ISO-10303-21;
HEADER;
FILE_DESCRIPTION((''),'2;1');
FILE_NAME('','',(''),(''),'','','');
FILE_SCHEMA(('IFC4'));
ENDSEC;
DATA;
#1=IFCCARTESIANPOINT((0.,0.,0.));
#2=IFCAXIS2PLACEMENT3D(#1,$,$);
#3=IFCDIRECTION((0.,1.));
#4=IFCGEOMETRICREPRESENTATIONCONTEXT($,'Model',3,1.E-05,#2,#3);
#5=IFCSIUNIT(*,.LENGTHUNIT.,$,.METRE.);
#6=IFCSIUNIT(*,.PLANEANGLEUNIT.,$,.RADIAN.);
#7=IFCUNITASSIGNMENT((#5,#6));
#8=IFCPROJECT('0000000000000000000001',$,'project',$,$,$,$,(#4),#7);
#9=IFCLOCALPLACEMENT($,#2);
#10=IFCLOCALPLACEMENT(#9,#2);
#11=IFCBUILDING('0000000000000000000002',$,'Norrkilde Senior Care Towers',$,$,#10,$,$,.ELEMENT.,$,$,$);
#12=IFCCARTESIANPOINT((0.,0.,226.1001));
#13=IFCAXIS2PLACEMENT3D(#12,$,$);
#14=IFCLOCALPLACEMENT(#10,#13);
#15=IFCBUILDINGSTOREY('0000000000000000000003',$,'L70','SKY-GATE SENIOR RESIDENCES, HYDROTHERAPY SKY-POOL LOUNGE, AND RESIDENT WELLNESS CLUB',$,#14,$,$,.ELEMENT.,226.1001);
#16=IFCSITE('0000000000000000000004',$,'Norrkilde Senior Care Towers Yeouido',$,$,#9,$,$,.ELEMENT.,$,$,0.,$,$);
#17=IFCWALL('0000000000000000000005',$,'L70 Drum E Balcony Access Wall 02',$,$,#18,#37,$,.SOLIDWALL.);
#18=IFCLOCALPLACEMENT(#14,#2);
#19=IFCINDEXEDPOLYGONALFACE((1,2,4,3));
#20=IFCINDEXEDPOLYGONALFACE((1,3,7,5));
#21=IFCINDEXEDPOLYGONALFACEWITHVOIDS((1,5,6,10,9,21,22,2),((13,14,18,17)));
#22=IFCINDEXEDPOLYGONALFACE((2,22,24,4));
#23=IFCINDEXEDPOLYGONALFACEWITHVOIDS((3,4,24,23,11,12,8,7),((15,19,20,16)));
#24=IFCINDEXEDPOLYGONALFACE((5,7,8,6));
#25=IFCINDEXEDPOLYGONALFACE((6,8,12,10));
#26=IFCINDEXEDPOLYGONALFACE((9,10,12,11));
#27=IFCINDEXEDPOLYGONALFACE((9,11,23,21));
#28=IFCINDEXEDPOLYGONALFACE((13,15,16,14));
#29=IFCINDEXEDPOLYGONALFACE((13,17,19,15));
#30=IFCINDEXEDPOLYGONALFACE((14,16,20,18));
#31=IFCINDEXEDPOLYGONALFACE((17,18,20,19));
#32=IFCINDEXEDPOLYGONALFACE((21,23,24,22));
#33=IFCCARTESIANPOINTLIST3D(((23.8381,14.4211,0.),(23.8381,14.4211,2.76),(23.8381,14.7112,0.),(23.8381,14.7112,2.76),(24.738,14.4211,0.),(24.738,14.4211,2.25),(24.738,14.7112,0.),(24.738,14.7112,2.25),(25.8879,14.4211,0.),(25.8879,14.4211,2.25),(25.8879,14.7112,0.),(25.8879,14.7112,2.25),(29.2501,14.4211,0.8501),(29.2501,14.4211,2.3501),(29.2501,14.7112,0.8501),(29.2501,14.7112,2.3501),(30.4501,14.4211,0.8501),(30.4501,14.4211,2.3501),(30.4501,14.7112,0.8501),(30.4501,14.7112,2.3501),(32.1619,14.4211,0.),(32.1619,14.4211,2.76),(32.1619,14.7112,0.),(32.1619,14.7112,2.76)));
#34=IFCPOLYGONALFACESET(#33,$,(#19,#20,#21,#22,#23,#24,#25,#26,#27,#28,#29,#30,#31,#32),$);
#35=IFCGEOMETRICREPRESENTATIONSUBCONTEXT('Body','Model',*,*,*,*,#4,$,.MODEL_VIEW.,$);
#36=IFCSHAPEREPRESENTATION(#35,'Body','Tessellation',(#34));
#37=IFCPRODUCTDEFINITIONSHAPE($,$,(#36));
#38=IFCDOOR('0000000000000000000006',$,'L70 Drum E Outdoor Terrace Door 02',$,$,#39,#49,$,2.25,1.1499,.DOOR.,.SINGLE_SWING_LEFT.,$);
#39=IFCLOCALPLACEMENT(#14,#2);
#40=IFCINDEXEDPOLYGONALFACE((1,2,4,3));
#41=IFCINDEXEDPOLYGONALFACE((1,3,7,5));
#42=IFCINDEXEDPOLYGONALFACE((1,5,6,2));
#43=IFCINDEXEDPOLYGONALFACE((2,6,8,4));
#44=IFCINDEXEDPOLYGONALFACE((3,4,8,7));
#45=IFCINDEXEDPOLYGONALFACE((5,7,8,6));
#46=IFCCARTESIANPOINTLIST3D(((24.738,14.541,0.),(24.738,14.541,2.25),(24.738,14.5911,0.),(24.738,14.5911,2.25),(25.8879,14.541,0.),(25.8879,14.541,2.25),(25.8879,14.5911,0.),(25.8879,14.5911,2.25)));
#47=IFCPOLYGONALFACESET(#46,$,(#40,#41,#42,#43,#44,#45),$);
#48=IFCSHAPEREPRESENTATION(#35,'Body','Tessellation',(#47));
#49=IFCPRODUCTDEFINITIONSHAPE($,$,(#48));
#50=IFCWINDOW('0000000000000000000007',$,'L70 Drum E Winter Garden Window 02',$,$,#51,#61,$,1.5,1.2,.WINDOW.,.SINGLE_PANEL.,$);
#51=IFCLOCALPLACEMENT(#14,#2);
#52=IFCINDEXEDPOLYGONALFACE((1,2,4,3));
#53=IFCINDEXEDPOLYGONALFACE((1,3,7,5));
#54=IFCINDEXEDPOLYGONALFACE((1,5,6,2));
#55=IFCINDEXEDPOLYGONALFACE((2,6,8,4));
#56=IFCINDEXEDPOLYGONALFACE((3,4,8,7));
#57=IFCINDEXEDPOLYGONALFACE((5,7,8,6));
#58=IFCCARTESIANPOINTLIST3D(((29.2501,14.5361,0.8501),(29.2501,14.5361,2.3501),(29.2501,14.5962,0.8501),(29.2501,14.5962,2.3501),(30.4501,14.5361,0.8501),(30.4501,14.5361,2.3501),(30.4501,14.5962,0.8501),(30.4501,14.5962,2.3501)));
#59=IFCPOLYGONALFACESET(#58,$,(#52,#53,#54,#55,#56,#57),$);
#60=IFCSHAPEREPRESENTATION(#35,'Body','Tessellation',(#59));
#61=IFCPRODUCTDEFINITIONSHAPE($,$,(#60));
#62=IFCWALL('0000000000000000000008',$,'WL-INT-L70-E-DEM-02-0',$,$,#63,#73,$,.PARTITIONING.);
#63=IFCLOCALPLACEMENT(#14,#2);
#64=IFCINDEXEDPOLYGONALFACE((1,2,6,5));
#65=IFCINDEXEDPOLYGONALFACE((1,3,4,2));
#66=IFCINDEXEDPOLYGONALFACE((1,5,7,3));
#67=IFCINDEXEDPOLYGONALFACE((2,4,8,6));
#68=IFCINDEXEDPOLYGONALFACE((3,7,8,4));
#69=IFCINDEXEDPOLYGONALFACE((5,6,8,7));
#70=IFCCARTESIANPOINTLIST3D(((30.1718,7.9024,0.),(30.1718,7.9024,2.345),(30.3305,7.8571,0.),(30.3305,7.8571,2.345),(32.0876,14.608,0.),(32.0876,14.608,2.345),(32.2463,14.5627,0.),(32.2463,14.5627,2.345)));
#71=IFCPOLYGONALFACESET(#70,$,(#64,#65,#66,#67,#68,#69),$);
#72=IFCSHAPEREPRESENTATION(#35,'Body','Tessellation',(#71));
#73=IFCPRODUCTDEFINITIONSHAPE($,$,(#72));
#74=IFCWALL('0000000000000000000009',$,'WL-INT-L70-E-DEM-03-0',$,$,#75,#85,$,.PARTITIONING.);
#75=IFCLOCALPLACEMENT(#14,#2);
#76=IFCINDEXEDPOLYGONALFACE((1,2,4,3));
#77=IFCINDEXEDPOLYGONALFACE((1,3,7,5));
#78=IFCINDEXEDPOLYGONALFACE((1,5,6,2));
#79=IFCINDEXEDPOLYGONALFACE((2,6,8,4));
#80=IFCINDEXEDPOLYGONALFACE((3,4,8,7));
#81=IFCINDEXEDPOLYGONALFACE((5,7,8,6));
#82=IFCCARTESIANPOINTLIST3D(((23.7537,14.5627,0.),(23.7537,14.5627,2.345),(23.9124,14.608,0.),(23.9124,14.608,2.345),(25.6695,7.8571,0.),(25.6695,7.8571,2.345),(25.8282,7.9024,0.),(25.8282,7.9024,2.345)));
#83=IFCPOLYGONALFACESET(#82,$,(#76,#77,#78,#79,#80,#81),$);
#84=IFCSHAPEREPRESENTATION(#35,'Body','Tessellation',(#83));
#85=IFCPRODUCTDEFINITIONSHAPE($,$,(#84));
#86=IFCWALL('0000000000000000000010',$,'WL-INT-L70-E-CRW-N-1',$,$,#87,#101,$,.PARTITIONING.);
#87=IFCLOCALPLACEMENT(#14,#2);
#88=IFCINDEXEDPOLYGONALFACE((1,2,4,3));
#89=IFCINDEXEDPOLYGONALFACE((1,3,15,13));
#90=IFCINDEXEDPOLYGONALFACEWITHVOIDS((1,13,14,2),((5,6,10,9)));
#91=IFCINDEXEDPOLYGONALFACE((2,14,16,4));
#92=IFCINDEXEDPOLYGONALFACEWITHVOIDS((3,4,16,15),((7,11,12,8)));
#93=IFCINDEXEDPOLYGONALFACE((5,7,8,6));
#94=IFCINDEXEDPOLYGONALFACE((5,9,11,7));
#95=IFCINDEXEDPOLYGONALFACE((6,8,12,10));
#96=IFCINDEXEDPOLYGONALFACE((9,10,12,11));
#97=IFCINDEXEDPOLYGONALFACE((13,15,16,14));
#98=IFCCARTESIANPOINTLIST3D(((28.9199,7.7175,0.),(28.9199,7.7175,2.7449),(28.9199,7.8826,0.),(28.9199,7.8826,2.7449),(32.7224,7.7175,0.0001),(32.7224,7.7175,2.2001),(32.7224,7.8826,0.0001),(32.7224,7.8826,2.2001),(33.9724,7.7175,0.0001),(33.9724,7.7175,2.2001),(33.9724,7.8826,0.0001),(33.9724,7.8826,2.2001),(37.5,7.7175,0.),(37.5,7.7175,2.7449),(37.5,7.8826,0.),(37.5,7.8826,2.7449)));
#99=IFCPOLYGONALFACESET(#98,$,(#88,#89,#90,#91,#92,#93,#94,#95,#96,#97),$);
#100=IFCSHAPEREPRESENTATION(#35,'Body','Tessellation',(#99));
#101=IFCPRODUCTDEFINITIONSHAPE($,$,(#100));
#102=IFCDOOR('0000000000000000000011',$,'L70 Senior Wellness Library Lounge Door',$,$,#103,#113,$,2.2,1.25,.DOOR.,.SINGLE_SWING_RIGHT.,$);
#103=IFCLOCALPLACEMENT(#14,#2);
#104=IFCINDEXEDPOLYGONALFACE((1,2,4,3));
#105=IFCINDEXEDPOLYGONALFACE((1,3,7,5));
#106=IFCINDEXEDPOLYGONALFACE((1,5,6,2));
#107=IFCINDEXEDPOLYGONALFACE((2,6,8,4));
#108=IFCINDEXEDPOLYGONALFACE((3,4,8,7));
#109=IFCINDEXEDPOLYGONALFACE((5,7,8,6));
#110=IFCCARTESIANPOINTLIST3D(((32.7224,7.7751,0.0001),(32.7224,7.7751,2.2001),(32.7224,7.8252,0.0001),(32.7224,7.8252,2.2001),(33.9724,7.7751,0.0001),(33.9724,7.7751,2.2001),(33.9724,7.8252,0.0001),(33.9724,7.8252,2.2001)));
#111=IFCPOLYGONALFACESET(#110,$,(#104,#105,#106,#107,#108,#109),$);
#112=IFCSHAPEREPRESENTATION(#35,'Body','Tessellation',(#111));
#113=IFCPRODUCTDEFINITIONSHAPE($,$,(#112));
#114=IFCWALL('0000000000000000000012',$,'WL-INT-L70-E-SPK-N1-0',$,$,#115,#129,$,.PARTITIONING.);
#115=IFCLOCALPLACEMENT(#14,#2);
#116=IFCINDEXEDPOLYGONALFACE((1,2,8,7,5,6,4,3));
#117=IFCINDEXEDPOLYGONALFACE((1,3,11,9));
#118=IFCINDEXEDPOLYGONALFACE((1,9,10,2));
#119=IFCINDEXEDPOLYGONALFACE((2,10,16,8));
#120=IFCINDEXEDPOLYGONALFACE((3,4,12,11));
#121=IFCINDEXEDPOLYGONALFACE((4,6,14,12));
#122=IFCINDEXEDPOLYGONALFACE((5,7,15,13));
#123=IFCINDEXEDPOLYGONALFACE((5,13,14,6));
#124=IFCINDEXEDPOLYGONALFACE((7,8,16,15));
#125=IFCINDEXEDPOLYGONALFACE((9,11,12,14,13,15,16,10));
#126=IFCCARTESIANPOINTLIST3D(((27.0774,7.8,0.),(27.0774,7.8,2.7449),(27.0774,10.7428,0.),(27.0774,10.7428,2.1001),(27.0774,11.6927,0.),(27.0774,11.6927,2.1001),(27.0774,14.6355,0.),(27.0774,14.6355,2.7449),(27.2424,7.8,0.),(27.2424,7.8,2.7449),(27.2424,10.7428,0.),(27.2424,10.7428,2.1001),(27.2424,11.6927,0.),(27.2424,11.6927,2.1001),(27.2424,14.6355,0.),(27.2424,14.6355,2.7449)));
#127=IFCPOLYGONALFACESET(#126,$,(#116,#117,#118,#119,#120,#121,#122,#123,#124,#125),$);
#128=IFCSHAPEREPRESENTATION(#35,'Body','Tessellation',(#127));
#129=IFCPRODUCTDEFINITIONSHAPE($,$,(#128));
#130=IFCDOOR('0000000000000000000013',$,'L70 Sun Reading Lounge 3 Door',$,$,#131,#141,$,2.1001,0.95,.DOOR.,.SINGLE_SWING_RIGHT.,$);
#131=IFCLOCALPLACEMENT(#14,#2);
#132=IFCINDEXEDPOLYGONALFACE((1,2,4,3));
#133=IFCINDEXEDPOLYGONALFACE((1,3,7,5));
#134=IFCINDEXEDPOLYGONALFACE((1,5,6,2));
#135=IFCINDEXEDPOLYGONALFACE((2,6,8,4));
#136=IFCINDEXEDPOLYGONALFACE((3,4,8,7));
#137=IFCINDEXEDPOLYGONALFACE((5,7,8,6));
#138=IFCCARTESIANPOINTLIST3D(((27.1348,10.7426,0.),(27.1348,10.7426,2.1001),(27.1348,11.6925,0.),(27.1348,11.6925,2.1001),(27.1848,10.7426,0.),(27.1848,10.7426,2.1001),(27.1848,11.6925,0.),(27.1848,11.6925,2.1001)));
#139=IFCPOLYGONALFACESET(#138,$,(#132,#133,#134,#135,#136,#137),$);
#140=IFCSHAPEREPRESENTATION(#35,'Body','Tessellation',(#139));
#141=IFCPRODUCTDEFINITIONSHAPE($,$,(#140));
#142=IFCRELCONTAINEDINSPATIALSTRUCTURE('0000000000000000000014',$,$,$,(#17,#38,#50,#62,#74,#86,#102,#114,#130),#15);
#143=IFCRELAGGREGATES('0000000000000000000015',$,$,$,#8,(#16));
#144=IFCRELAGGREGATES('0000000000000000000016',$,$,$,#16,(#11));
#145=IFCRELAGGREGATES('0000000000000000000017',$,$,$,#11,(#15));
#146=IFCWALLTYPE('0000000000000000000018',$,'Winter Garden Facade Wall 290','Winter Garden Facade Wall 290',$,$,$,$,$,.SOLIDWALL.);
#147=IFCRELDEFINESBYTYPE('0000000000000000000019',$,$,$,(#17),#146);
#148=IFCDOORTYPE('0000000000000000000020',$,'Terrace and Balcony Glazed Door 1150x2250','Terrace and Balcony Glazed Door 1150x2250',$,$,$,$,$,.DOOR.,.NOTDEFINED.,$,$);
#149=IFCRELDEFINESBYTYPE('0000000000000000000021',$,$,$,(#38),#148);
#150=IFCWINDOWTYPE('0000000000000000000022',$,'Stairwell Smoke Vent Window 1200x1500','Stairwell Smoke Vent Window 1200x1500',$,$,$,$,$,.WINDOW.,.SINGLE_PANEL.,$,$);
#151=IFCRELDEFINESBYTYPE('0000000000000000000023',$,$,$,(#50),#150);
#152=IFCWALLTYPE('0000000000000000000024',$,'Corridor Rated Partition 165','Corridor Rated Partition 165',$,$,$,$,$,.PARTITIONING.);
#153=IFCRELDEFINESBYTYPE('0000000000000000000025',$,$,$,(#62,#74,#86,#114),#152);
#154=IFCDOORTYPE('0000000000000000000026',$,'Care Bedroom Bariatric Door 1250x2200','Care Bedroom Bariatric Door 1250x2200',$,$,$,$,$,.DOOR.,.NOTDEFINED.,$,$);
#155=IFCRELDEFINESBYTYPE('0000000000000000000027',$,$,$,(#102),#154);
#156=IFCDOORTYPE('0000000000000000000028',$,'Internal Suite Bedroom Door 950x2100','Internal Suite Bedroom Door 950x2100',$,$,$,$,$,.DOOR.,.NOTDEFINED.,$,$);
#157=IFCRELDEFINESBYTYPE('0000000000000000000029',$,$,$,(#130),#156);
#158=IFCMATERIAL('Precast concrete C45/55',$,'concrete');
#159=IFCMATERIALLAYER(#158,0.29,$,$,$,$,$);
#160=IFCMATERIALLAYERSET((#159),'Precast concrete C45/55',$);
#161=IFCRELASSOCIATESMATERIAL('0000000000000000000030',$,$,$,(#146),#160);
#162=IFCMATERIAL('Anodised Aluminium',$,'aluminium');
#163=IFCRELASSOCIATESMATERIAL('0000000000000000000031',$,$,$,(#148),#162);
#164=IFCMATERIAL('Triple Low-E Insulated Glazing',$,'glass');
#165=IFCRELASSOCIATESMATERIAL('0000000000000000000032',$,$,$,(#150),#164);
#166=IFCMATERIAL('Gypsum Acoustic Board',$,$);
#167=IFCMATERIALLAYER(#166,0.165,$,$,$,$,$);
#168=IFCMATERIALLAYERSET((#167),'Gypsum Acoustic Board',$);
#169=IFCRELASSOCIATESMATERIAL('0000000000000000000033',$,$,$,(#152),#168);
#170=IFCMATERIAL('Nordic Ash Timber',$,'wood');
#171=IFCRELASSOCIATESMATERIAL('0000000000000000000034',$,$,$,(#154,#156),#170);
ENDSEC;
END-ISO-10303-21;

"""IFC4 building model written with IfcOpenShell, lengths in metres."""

from ifc_helpers import new_model, si_unit, direction, frame, frame_2d, origin, place, context, subcontext, project, spatial, rectangle, extrude, source, transform, mapped, material, layer, layer_set, type_object, type_shapes, element, fill, save


model = new_model("IFC4")

# Units and contexts
model_context = context("Model", 3, precision=1e-05, world=origin(), true_north=direction((0.0, 1.0)))
body_context = subcontext(model_context, "Body", "Model", "MODEL_VIEW")
ifc_project = project(units=[si_unit("LENGTHUNIT", "METRE"), si_unit("PLANEANGLEUNIT", "RADIAN")], contexts=[model_context])

# Site, building, storey
site_placement = place(None, origin())
site = spatial("IfcSite", under=ifc_project, at=site_placement, Name="Norrkilde Senior Care Towers Yeouido", CompositionType="ELEMENT", RefElevation=0.0)
building_placement = place(site_placement, origin())
building = spatial("IfcBuilding", under=site, at=building_placement, Name="Norrkilde Senior Care Towers", CompositionType="ELEMENT")
storey_placement = place(building_placement, frame((0.0, 0.0, 226.1001)))
storey = spatial("IfcBuildingStorey", under=building, at=storey_placement, Name="L70", Description="SKY-GATE SENIOR RESIDENCES, HYDROTHERAPY SKY-POOL LOUNGE, AND RESIDENT WELLNESS CLUB", CompositionType="ELEMENT", Elevation=226.1001)

# Shared definitions
ifc_material_1 = material(Name="Triple Low-E Insulated Glazing", Category="glass")
ifc_material_2 = material(Name="Anodised Aluminium", Category="aluminium")

# Wall, openings, door, window
ifc_material_3 = material(Name="Precast concrete C45/55", Category="concrete")
ifc_layer_1 = layer(ifc_material_3, 0.29)
ifc_layer_set_1 = layer_set([ifc_layer_1], Name="Precast concrete C45/55")
wall_type_1 = type_object("IfcWallType", Name="Winter Garden Facade Wall 290", Description="Winter Garden Facade Wall 290", PredefinedType="SOLIDWALL", material=ifc_layer_set_1)
shared_shape_1 = source(origin(), body_context, "Body", "SweptSolid", [
    extrude(rectangle(XDim=8.3237, YDim=0.29, at=frame_2d((4.1619, 0.0))), origin(), (0.0, 0.0, 1.0), 2.76),
])
type_shapes(wall_type_1, [shared_shape_1])
wall_1_placement = place(storey_placement, frame((23.8381, 14.5662, 0.0), z_axis=(0.0, 0.0, 1.0), x_axis=(1.0, 0.0, 0.0)))
wall_1 = element("IfcWall", 1, at=wall_1_placement, inside=storey, type_object=wall_type_1, Name="L70 Drum E Balcony Access Wall 02", PredefinedType="SOLIDWALL", context=body_context, shape_type="MappedRepresentation", body=[
    mapped(shared_shape_1, transform((0.0, 0.0, 0.0), x_axis=(1.0, 0.0, 0.0), y_axis=(0.0, 1.0, 0.0), z_axis=(0.0, 0.0, 1.0), scale=1.0)),
])
opening_1_placement = place(wall_1_placement, frame((0.8999, 0.0, 0.0)))
opening_1 = element("IfcOpeningElement", 2, at=opening_1_placement, cuts=wall_1, PredefinedType="OPENING", context=body_context, shape_type="SweptSolid", body=[
    extrude(rectangle(XDim=1.1499, YDim=2.25, at=frame_2d((0.575, 1.125))), frame((0.0, 0.155, 0.0), z_axis=(0.0, -1.0, 0.0), x_axis=(1.0, 0.0, 0.0)), (0.0, 0.0, 1.0), 0.3101),
])
opening_2_placement = place(wall_1_placement, frame((5.4119, 0.0, 0.8501)))
opening_2 = element("IfcOpeningElement", 3, at=opening_2_placement, cuts=wall_1, PredefinedType="OPENING", context=body_context, shape_type="SweptSolid", body=[
    extrude(rectangle(XDim=1.2, YDim=1.5, at=frame_2d((0.6001, 0.75))), frame((0.0, 0.155, 0.0), z_axis=(0.0, -1.0, 0.0), x_axis=(1.0, 0.0, 0.0)), (0.0, 0.0, 1.0), 0.3101),
])
door_type_1 = type_object("IfcDoorType", Name="Terrace and Balcony Glazed Door 1150x2250", Description="Terrace and Balcony Glazed Door 1150x2250", OperationType="NOTDEFINED", PredefinedType="DOOR", material=ifc_material_2)
shared_shape_2 = source(origin(), body_context, "Body", "SweptSolid", [
    extrude(rectangle(XDim=1.1499, YDim=2.25, at=frame_2d((0.575, 1.125))), frame((0.0, 0.0249, 0.0), z_axis=(0.0, -1.0, 0.0), x_axis=(1.0, 0.0, 0.0)), (0.0, 0.0, 1.0), 0.05),
])
type_shapes(door_type_1, [shared_shape_2])
door_1_placement = place(opening_1_placement, origin())
door_1 = element("IfcDoor", 4, at=door_1_placement, inside=storey, type_object=door_type_1, Name="L70 Drum E Outdoor Terrace Door 02", OperationType="SINGLE_SWING_LEFT", OverallHeight=2.25, OverallWidth=1.1499, PredefinedType="DOOR", context=body_context, shape_type="MappedRepresentation", body=[
    mapped(shared_shape_2, transform((0.0, 0.0, 0.0), x_axis=(1.0, 0.0, 0.0), y_axis=(0.0, 1.0, 0.0), z_axis=(0.0, 0.0, 1.0), scale=1.0)),
])
fill(opening_1, door_1)
window_type = type_object("IfcWindowType", Name="Stairwell Smoke Vent Window 1200x1500", Description="Stairwell Smoke Vent Window 1200x1500", PartitioningType="SINGLE_PANEL", PredefinedType="WINDOW", material=ifc_material_1)
shared_shape_3 = source(origin(), body_context, "Body", "SweptSolid", [
    extrude(rectangle(XDim=1.2, YDim=1.5, at=frame_2d((0.6001, 0.75))), frame((0.0, 0.03, 0.0), z_axis=(0.0, -1.0, 0.0), x_axis=(1.0, 0.0, 0.0)), (0.0, 0.0, 1.0), 0.0601),
])
type_shapes(window_type, [shared_shape_3])
window_placement = place(opening_2_placement, origin())
window = element("IfcWindow", 5, at=window_placement, inside=storey, type_object=window_type, Name="L70 Drum E Winter Garden Window 02", OverallHeight=1.5, OverallWidth=1.2, PartitioningType="SINGLE_PANEL", PredefinedType="WINDOW", context=body_context, shape_type="MappedRepresentation", body=[
    mapped(shared_shape_3, transform((0.0, 0.0, 0.0), x_axis=(1.0, 0.0, 0.0), y_axis=(0.0, 1.0, 0.0), z_axis=(0.0, 0.0, 1.0), scale=1.0)),
])
fill(opening_2, window)

# Walls
ifc_material_4 = material(Name="Gypsum Acoustic Board")
ifc_layer_2 = layer(ifc_material_4, 0.165)
ifc_layer_set_2 = layer_set([ifc_layer_2], Name="Gypsum Acoustic Board")
wall_type_2 = type_object("IfcWallType", Name="Corridor Rated Partition 165", Description="Corridor Rated Partition 165", PredefinedType="PARTITIONING", material=ifc_layer_set_2)
shared_shape_4 = source(origin(), body_context, "Body", "SweptSolid", [
    extrude(rectangle(XDim=6.9739, YDim=0.165, at=frame_2d((3.4868, 0.0))), origin(), (0.0, 0.0, 1.0), 2.345),
])
for number, where, z_axis, x_axis, name in (
    (6, (30.2512, 7.8799, 0.0), (0.0, 0.0, 1.0), (0.274707, 0.961528, 0.0), "WL-INT-L70-E-DEM-02-0"),
    (7, (25.7488, 7.8799, 0.0), (0.0, 0.0, 1.0), (-0.274707, 0.961528, 0.0), "WL-INT-L70-E-DEM-03-0"),
):
    element("IfcWall", number, at=place(storey_placement, frame(where, z_axis=z_axis, x_axis=x_axis)), inside=storey, type_object=wall_type_2, Name=name, PredefinedType="PARTITIONING", context=body_context, shape_type="MappedRepresentation", body=[
        mapped(shared_shape_4, transform((0.0, 0.0, 0.0), x_axis=(1.0, 0.0, 0.0), y_axis=(0.0, 1.0, 0.0), z_axis=(0.0, 0.0, 1.0), scale=1.0)),
    ])

# Walls, openings, doors
shared_shape_5 = source(origin(), body_context, "Body", "SweptSolid", [
    extrude(rectangle(XDim=8.5801, YDim=0.165, at=frame_2d((4.29, 0.0))), origin(), (0.0, 0.0, 1.0), 2.7449),
])
wall_2_placement = place(storey_placement, frame((28.9199, 7.8, 0.0), z_axis=(0.0, 0.0, 1.0), x_axis=(1.0, 0.0, 0.0)))
wall_2 = element("IfcWall", 8, at=wall_2_placement, inside=storey, type_object=wall_type_2, Name="WL-INT-L70-E-CRW-N-1", PredefinedType="PARTITIONING", context=body_context, shape_type="MappedRepresentation", body=[
    mapped(shared_shape_5, transform((0.0, 0.0, 0.0), x_axis=(1.0, 0.0, 0.0), y_axis=(0.0, 1.0, 0.0), z_axis=(0.0, 0.0, 1.0), scale=1.0)),
])
opening_3_placement = place(wall_2_placement, frame((3.8025, 0.0, 0.0)))
opening_3 = element("IfcOpeningElement", 9, at=opening_3_placement, cuts=wall_2, PredefinedType="OPENING", context=body_context, shape_type="SweptSolid", body=[
    extrude(rectangle(XDim=1.25, YDim=2.2, at=frame_2d((0.625, 1.1001))), frame((0.0, 0.0925, 0.0), z_axis=(0.0, -1.0, 0.0), x_axis=(1.0, 0.0, 0.0)), (0.0, 0.0, 1.0), 0.1851),
])
ifc_material_5 = material(Name="Nordic Ash Timber", Category="wood")
door_type_2 = type_object("IfcDoorType", Name="Care Bedroom Bariatric Door 1250x2200", Description="Care Bedroom Bariatric Door 1250x2200", OperationType="NOTDEFINED", PredefinedType="DOOR", material=ifc_material_5)
shared_shape_6 = source(origin(), body_context, "Body", "SweptSolid", [
    extrude(rectangle(XDim=1.25, YDim=2.2, at=frame_2d((0.625, 1.1001))), frame((0.0, 0.0249, 0.0), z_axis=(0.0, -1.0, 0.0), x_axis=(1.0, 0.0, 0.0)), (0.0, 0.0, 1.0), 0.05),
])
type_shapes(door_type_2, [shared_shape_6])
door_2_placement = place(opening_3_placement, frame((1.25, 0.0, 0.0), z_axis=(0.0, 0.0, 1.0), x_axis=(-1.0, 0.0, 0.0)))
door_2 = element("IfcDoor", 10, at=door_2_placement, inside=storey, type_object=door_type_2, Name="L70 Senior Wellness Library Lounge Door", OperationType="SINGLE_SWING_RIGHT", OverallHeight=2.2, OverallWidth=1.25, PredefinedType="DOOR", context=body_context, shape_type="MappedRepresentation", body=[
    mapped(shared_shape_6, transform((0.0, 0.0, 0.0), x_axis=(1.0, 0.0, 0.0), y_axis=(0.0, 1.0, 0.0), z_axis=(0.0, 0.0, 1.0), scale=1.0)),
])
fill(opening_3, door_2)
shared_shape_7 = source(origin(), body_context, "Body", "SweptSolid", [
    extrude(rectangle(XDim=6.8354, YDim=0.165, at=frame_2d((3.4177, 0.0))), origin(), (0.0, 0.0, 1.0), 2.7449),
])
type_shapes(wall_type_2, [shared_shape_4, shared_shape_5, shared_shape_7])
wall_3_placement = place(storey_placement, frame((27.1599, 7.8, 0.0), z_axis=(0.0, 0.0, 1.0), x_axis=(0.0, 1.0, 0.0)))
wall_3 = element("IfcWall", 11, at=wall_3_placement, inside=storey, type_object=wall_type_2, Name="WL-INT-L70-E-SPK-N1-0", PredefinedType="PARTITIONING", context=body_context, shape_type="MappedRepresentation", body=[
    mapped(shared_shape_7, transform((0.0, 0.0, 0.0), x_axis=(1.0, 0.0, 0.0), y_axis=(0.0, 1.0, 0.0), z_axis=(0.0, 0.0, 1.0), scale=1.0)),
])
opening_4_placement = place(wall_3_placement, frame((2.9426, 0.0, 0.0)))
opening_4 = element("IfcOpeningElement", 12, at=opening_4_placement, cuts=wall_3, PredefinedType="OPENING", context=body_context, shape_type="SweptSolid", body=[
    extrude(rectangle(XDim=0.95, YDim=2.1001, at=frame_2d((0.4751, 1.05))), frame((0.0, 0.0925, 0.0), z_axis=(0.0, -1.0, 0.0), x_axis=(1.0, 0.0, 0.0)), (0.0, 0.0, 1.0), 0.1851),
])
door_type_3 = type_object("IfcDoorType", Name="Internal Suite Bedroom Door 950x2100", Description="Internal Suite Bedroom Door 950x2100", OperationType="NOTDEFINED", PredefinedType="DOOR", material=ifc_material_5)
shared_shape_8 = source(origin(), body_context, "Body", "SweptSolid", [
    extrude(rectangle(XDim=0.95, YDim=2.1001, at=frame_2d((0.4751, 1.05))), frame((0.0, 0.0249, 0.0), z_axis=(0.0, -1.0, 0.0), x_axis=(1.0, 0.0, 0.0)), (0.0, 0.0, 1.0), 0.05),
])
type_shapes(door_type_3, [shared_shape_8])
door_3_placement = place(opening_4_placement, frame((0.95, 0.0, 0.0), z_axis=(0.0, 0.0, 1.0), x_axis=(-1.0, 0.0, 0.0)))
door_3 = element("IfcDoor", 13, at=door_3_placement, inside=storey, type_object=door_type_3, Name="L70 Sun Reading Lounge 3 Door", OperationType="SINGLE_SWING_RIGHT", OverallHeight=2.1001, OverallWidth=0.95, PredefinedType="DOOR", context=body_context, shape_type="MappedRepresentation", body=[
    mapped(shared_shape_8, transform((0.0, 0.0, 0.0), x_axis=(1.0, 0.0, 0.0), y_axis=(0.0, 1.0, 0.0), z_axis=(0.0, 0.0, 1.0), scale=1.0)),
])
fill(opening_4, door_3)

save(model, "model.ifc")
